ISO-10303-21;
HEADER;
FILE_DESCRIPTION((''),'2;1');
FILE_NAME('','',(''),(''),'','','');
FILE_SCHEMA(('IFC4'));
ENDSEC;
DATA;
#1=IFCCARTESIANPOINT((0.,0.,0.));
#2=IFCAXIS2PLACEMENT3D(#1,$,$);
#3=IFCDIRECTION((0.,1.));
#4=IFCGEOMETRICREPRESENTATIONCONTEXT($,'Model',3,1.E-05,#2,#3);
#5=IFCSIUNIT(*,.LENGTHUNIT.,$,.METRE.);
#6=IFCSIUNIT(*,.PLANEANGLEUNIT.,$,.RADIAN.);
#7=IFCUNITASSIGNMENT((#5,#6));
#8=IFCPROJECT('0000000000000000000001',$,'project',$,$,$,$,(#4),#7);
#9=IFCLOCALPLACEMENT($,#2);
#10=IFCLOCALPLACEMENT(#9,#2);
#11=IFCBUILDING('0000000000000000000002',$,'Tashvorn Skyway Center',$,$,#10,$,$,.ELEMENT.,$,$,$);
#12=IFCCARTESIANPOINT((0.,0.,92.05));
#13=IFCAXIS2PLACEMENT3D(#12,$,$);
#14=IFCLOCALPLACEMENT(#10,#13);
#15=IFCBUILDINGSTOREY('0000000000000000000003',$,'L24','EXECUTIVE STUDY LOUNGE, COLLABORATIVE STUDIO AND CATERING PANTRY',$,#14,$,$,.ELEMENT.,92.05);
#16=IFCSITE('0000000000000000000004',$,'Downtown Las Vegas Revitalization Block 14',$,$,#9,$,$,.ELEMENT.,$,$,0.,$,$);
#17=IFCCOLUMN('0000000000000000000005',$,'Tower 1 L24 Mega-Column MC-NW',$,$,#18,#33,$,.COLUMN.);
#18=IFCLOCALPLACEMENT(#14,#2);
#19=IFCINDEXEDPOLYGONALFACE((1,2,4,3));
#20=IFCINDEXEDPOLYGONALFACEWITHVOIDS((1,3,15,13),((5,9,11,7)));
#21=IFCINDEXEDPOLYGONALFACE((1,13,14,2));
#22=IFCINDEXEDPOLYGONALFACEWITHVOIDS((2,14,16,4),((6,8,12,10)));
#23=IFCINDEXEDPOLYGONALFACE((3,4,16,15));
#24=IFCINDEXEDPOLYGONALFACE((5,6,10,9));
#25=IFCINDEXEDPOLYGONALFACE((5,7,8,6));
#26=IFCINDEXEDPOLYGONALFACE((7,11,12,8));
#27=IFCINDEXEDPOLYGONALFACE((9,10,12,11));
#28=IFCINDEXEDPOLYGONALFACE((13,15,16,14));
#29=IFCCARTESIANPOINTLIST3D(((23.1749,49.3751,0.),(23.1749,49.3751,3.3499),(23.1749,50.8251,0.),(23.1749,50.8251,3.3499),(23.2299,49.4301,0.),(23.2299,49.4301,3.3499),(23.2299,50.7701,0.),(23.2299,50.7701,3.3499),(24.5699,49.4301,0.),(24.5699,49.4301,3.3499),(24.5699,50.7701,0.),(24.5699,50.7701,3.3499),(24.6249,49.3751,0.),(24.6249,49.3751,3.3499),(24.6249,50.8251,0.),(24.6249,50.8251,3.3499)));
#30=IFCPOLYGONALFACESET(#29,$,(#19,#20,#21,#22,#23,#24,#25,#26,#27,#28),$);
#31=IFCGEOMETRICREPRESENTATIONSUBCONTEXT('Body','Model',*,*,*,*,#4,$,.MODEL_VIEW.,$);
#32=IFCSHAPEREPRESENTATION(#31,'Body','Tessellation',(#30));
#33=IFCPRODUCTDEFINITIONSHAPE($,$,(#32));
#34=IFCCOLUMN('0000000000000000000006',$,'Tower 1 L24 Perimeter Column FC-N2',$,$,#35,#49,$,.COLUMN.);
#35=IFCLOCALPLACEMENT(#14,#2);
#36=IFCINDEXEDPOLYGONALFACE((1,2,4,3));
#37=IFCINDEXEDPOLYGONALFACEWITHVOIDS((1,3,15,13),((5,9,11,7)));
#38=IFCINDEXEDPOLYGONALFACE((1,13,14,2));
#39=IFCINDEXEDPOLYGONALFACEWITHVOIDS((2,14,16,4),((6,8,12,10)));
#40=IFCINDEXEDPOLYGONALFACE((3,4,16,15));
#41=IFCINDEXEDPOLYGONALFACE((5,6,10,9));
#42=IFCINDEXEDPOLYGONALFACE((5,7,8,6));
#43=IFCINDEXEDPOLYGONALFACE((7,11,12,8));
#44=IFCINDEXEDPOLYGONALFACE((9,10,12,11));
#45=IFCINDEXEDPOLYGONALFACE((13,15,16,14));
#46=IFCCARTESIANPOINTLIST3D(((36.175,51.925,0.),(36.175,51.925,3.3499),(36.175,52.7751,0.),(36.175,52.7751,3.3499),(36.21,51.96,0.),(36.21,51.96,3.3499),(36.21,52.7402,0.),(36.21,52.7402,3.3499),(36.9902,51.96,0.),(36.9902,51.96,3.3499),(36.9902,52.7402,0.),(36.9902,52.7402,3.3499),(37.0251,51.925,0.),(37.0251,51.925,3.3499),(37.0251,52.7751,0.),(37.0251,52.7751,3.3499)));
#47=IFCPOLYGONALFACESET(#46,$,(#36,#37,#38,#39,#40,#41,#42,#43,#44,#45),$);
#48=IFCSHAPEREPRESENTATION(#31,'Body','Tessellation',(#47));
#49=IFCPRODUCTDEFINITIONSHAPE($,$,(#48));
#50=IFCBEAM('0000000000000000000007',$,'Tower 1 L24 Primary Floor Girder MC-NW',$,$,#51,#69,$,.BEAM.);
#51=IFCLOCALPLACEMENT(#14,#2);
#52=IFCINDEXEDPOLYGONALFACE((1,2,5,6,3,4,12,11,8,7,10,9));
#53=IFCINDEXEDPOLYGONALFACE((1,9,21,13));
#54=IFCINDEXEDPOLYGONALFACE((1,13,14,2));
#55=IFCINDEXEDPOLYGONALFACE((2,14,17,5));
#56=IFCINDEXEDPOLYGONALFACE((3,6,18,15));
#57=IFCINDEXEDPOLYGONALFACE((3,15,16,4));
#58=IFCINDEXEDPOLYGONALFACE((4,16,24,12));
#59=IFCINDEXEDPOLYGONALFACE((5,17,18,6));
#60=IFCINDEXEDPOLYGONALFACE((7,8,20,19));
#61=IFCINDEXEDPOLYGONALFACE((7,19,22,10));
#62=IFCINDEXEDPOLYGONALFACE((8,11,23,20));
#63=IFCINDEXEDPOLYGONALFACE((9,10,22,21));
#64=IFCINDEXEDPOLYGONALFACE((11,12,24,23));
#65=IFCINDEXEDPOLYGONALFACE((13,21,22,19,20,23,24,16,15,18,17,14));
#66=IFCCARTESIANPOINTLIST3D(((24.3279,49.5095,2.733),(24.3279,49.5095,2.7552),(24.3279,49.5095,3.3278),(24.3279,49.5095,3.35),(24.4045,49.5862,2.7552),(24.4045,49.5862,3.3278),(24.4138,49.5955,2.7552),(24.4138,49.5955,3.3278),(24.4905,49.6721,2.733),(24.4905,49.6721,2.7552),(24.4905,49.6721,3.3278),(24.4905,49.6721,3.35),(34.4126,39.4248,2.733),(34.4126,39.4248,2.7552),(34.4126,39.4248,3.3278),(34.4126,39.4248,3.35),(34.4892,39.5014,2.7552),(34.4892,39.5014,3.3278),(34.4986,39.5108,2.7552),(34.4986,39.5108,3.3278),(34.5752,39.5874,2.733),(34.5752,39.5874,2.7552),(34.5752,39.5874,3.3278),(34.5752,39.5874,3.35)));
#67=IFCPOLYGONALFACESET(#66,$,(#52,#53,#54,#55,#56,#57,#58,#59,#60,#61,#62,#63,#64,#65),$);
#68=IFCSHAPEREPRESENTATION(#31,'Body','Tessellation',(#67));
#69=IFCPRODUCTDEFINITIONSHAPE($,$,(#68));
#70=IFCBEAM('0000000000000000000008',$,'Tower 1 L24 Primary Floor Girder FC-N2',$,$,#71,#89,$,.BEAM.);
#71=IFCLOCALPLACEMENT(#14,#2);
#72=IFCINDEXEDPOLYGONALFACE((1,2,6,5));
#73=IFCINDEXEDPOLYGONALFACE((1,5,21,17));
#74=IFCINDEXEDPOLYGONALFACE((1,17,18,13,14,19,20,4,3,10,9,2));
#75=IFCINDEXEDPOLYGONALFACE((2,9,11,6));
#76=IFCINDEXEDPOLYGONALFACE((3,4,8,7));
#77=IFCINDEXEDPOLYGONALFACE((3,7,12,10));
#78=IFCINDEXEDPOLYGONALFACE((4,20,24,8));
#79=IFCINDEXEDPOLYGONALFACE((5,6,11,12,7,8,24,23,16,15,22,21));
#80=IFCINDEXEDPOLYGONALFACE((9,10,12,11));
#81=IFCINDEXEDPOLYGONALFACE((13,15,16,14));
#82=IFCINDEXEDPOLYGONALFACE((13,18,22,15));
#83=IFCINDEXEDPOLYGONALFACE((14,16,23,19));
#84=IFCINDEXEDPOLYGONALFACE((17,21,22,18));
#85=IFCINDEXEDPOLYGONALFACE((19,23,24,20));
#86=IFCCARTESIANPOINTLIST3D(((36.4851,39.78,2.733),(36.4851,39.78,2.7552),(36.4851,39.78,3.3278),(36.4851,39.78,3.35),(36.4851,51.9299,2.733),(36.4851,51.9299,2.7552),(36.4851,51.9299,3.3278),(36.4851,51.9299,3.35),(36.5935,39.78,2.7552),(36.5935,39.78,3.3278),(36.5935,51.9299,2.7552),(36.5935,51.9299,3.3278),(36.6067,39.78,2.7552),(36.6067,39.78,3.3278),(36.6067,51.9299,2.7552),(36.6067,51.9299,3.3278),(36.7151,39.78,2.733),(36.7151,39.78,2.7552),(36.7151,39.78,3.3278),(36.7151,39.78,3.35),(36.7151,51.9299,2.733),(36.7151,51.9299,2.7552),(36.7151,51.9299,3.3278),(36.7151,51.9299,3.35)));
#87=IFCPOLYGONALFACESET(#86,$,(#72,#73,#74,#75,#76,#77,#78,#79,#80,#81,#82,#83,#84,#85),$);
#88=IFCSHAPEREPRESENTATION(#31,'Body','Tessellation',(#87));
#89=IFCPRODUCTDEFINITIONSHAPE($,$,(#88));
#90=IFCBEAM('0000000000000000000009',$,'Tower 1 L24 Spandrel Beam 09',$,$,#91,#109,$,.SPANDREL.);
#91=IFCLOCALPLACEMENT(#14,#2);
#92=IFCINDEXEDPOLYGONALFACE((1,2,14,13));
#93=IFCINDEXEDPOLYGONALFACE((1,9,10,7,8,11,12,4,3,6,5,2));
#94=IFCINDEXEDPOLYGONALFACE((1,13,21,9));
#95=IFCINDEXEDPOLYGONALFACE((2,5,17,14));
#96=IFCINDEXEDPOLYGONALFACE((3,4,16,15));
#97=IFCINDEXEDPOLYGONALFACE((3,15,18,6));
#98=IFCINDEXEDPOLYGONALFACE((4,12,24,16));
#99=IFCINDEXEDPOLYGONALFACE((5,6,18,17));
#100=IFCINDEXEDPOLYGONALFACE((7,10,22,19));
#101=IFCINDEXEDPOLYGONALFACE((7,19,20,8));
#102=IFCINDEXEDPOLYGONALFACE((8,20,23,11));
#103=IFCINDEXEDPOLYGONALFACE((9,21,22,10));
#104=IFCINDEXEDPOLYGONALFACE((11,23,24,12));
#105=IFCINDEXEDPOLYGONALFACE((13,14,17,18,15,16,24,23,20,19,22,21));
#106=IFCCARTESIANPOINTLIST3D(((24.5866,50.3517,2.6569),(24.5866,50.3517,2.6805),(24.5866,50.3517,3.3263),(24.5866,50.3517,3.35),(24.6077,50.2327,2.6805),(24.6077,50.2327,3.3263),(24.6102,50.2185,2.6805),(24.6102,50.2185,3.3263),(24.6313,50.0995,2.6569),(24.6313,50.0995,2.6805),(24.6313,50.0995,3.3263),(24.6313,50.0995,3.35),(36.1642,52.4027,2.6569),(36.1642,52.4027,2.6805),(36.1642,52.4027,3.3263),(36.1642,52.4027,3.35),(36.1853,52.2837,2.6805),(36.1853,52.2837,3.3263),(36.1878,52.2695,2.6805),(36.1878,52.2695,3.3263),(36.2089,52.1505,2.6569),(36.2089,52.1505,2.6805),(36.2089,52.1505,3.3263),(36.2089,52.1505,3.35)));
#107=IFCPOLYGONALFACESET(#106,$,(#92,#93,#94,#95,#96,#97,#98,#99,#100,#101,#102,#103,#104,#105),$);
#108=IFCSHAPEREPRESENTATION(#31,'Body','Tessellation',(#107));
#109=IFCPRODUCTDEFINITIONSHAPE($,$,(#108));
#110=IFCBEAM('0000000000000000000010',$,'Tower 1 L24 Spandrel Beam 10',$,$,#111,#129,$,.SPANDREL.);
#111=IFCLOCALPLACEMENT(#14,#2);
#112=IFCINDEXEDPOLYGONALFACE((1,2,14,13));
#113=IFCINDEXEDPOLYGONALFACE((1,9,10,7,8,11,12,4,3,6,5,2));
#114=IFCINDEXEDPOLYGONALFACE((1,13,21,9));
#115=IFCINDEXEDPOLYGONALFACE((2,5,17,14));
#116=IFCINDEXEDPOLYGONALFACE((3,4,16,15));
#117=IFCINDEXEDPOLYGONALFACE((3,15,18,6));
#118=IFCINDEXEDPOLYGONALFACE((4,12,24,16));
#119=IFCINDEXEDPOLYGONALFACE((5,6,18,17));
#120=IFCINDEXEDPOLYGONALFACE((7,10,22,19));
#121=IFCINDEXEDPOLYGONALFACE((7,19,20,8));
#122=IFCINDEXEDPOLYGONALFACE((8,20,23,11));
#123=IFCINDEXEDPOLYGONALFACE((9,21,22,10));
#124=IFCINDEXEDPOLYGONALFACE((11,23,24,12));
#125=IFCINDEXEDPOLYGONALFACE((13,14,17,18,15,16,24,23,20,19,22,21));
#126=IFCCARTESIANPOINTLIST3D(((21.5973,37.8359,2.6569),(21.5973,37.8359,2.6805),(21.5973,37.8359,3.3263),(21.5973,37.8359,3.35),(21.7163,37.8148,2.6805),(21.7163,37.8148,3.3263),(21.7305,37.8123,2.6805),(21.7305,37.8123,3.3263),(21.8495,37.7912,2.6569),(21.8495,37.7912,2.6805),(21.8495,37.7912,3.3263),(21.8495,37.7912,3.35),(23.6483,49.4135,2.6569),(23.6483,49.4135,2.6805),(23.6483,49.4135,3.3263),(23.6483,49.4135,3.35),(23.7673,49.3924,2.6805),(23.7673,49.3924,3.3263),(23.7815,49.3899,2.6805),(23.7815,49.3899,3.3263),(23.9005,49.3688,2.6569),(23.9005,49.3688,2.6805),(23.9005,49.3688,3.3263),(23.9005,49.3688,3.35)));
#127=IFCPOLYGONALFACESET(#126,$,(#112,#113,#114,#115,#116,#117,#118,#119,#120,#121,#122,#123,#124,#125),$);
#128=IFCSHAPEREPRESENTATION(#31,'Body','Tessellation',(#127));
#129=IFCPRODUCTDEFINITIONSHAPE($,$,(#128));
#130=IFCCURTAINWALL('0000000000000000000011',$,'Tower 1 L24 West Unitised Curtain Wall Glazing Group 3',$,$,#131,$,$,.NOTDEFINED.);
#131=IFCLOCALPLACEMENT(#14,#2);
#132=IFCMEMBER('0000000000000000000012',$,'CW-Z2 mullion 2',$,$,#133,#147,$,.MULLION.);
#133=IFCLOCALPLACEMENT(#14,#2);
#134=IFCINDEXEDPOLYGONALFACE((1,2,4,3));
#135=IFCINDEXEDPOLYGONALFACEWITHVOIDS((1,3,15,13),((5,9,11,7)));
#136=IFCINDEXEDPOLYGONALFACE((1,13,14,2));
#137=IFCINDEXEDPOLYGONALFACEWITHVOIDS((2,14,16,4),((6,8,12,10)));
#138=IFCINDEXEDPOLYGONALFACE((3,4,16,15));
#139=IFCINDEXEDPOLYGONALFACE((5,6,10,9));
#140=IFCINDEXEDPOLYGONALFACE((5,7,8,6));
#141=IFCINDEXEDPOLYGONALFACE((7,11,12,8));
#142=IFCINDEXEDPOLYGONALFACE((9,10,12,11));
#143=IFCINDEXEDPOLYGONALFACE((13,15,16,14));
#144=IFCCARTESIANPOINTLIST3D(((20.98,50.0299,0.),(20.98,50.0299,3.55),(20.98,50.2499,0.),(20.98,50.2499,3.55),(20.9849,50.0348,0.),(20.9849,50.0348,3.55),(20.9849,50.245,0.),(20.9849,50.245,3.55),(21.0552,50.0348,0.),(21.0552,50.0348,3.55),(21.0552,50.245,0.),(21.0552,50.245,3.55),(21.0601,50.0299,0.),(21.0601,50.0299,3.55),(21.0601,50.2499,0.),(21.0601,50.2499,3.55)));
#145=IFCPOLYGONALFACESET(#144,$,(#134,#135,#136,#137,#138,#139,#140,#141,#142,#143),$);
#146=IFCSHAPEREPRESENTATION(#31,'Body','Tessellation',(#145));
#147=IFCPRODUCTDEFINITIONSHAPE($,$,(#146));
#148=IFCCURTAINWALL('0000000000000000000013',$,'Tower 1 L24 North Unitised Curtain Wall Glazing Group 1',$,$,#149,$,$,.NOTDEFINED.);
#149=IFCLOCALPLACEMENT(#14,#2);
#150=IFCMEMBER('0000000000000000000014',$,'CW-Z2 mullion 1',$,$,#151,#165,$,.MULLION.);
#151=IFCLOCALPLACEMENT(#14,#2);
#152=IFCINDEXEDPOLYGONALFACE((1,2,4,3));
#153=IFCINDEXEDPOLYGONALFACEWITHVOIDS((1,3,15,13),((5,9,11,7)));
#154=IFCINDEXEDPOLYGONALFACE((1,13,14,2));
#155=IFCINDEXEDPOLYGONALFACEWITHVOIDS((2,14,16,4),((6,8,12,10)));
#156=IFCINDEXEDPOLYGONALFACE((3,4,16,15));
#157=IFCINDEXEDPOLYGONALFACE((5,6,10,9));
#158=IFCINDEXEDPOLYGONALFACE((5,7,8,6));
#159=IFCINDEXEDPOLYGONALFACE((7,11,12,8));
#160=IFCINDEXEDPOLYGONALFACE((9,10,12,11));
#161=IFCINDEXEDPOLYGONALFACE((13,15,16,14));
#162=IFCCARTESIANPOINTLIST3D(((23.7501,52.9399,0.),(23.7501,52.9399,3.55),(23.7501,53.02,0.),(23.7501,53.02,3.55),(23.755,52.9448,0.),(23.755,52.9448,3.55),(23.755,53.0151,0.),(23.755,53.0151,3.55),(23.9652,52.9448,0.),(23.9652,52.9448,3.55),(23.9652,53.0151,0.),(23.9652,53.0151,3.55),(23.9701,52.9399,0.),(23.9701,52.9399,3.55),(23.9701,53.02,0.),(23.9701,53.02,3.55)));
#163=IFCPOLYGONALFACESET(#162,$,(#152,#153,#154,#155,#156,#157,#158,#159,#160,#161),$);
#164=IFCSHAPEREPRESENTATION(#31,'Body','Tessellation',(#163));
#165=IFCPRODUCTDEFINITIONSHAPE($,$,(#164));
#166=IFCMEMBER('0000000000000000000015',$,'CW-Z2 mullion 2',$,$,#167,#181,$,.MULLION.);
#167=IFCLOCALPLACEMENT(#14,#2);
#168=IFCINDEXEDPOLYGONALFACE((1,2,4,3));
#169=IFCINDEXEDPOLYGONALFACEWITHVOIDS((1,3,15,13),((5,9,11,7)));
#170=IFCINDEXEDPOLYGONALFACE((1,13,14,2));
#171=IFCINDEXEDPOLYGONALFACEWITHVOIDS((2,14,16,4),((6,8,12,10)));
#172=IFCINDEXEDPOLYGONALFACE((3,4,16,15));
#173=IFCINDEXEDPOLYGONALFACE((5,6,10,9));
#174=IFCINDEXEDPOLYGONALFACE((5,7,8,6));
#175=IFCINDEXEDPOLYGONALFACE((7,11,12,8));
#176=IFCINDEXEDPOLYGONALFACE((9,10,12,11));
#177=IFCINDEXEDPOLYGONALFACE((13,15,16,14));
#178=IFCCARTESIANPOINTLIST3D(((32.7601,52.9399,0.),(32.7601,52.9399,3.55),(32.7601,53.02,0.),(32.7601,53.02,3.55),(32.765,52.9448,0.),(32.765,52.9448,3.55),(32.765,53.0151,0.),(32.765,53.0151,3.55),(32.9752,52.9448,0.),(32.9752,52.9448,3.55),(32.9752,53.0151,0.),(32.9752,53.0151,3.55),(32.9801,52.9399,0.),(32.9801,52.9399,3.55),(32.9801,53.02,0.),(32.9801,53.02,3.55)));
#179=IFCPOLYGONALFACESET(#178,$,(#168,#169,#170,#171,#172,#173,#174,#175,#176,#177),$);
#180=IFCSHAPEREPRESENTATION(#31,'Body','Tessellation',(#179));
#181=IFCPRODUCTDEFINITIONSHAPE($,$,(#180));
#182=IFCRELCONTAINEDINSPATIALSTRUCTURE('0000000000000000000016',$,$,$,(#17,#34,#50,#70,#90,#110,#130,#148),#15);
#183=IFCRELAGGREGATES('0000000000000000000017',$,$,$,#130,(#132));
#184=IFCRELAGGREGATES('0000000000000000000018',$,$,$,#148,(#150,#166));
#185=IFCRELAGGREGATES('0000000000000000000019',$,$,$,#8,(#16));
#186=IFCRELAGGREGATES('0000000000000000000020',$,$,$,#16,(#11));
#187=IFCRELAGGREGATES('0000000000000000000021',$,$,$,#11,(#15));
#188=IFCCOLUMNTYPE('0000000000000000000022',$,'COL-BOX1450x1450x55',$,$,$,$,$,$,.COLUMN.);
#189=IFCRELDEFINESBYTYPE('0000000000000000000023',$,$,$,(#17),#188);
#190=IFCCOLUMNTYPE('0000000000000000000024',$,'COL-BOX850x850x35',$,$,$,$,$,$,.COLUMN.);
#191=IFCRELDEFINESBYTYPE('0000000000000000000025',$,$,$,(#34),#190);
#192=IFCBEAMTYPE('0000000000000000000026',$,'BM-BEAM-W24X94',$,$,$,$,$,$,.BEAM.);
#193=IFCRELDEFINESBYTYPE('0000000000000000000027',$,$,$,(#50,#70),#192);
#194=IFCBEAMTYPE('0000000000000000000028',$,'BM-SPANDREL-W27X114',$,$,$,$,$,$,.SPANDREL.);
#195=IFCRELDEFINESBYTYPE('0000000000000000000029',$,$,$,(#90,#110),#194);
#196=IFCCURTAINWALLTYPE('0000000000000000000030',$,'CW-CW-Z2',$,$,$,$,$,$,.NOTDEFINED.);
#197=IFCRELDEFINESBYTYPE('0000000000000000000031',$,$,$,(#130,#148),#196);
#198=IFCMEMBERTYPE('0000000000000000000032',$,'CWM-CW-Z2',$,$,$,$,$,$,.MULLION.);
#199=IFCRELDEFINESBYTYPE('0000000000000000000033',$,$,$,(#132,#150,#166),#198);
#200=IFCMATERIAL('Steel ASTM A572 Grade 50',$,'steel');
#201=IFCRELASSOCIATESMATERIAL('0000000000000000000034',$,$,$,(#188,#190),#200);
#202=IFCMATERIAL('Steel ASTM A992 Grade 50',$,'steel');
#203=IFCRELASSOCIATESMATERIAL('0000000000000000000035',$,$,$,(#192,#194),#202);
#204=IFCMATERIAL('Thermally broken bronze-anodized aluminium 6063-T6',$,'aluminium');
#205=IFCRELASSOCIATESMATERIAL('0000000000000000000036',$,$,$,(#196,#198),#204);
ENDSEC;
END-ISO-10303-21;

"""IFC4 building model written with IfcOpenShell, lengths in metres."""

from ifc_helpers import new_model, si_unit, direction, frame, origin, origin_2d, place, context, subcontext, project, spatial, hollow_rectangle, i_section, extrude, material, material_profile, profile_set, type_object, element, aggregate, save


model = new_model("IFC4")

# Units and contexts
model_context = context("Model", 3, precision=1e-05, world=origin(), true_north=direction((0.0, 1.0)))
body_context = subcontext(model_context, "Body", "Model", "MODEL_VIEW")
ifc_project = project(units=[si_unit("LENGTHUNIT", "METRE"), si_unit("PLANEANGLEUNIT", "RADIAN")], contexts=[model_context])

# Site, building, storey
site_placement = place(None, origin())
site = spatial("IfcSite", under=ifc_project, at=site_placement, Name="Downtown Las Vegas Revitalization Block 14", CompositionType="ELEMENT", RefElevation=0.0)
building_placement = place(site_placement, origin())
building = spatial("IfcBuilding", under=site, at=building_placement, Name="Tashvorn Skyway Center", CompositionType="ELEMENT")
storey_placement = place(building_placement, frame((0.0, 0.0, 92.05)))
storey = spatial("IfcBuildingStorey", under=building, at=storey_placement, Name="L24", Description="EXECUTIVE STUDY LOUNGE, COLLABORATIVE STUDIO AND CATERING PANTRY", CompositionType="ELEMENT", Elevation=92.05)

# Columns
ifc_material_1 = material(Name="Steel ASTM A572 Grade 50", Category="steel")
ifc_material_profile_1 = material_profile(ifc_material_1, hollow_rectangle(XDim=1.45, YDim=1.45, WallThickness=0.0549, at=origin_2d()), Name="BOX1450x1450x55")
ifc_profile_set_1 = profile_set([ifc_material_profile_1], Name="Steel ASTM A572 Grade 50")
column_type_1 = type_object("IfcColumnType", Name="COL-BOX1450x1450x55", PredefinedType="COLUMN", material=ifc_profile_set_1)
column_1_placement = place(storey_placement, frame((23.8999, 50.1001, 0.0), z_axis=(0.0, 0.0, 1.0), x_axis=(1.0, 0.0, 0.0)))
element("IfcColumn", 1, at=column_1_placement, inside=storey, type_object=column_type_1, Name="Tower 1 L24 Mega-Column MC-NW", PredefinedType="COLUMN", context=body_context, shape_type="SweptSolid", body=[
    extrude(hollow_rectangle(XDim=1.45, YDim=1.45, WallThickness=0.0549, at=origin_2d()), origin(), (0.0, 0.0, 1.0), 3.3499),
])
ifc_material_profile_2 = material_profile(ifc_material_1, hollow_rectangle(XDim=0.8501, YDim=0.8501, WallThickness=0.0349, at=origin_2d()), Name="BOX850x850x35")
ifc_profile_set_2 = profile_set([ifc_material_profile_2], Name="Steel ASTM A572 Grade 50")
column_type_2 = type_object("IfcColumnType", Name="COL-BOX850x850x35", PredefinedType="COLUMN", material=ifc_profile_set_2)
column_2_placement = place(storey_placement, frame((36.6001, 52.3501, 0.0), z_axis=(0.0, 0.0, 1.0), x_axis=(1.0, 0.0, 0.0)))
element("IfcColumn", 2, at=column_2_placement, inside=storey, type_object=column_type_2, Name="Tower 1 L24 Perimeter Column FC-N2", PredefinedType="COLUMN", context=body_context, shape_type="SweptSolid", body=[
    extrude(hollow_rectangle(XDim=0.8501, YDim=0.8501, WallThickness=0.0349, at=origin_2d()), origin(), (0.0, 0.0, 1.0), 3.3499),
])

# Beams
ifc_material_2 = material(Name="Steel ASTM A992 Grade 50", Category="steel")
ifc_material_profile_3 = material_profile(ifc_material_2, i_section(OverallWidth=0.23, OverallDepth=0.6169, WebThickness=0.0132, FlangeThickness=0.0222, at=origin_2d()), Name="W24X94")
ifc_profile_set_3 = profile_set([ifc_material_profile_3], Name="Steel ASTM A992 Grade 50")
beam_type_1 = type_object("IfcBeamType", Name="BM-BEAM-W24X94", PredefinedType="BEAM", material=ifc_profile_set_3)
beam_1_placement = place(storey_placement, frame((24.4092, 49.5908, 3.0415), z_axis=(0.707107, -0.707107, 0.0), x_axis=(0.707107, 0.707107, 0.0)))
element("IfcBeam", 3, at=beam_1_placement, inside=storey, type_object=beam_type_1, Name="Tower 1 L24 Primary Floor Girder MC-NW", PredefinedType="BEAM", context=body_context, shape_type="SweptSolid", body=[
    extrude(i_section(OverallWidth=0.23, OverallDepth=0.6169, WebThickness=0.0132, FlangeThickness=0.0222, at=origin_2d()), origin(), (0.0, 0.0, 1.0), 14.262),
])
beam_2_placement = place(storey_placement, frame((36.6001, 51.9299, 3.0415), z_axis=(0.0, -1.0, 0.0), x_axis=(1.0, 0.0, 0.0)))
element("IfcBeam", 4, at=beam_2_placement, inside=storey, type_object=beam_type_1, Name="Tower 1 L24 Primary Floor Girder FC-N2", PredefinedType="BEAM", context=body_context, shape_type="SweptSolid", body=[
    extrude(i_section(OverallWidth=0.23, OverallDepth=0.6169, WebThickness=0.0132, FlangeThickness=0.0222, at=origin_2d()), origin(), (0.0, 0.0, 1.0), 12.1499),
])
ifc_material_profile_4 = material_profile(ifc_material_2, i_section(OverallWidth=0.2561, OverallDepth=0.6931, WebThickness=0.0144, FlangeThickness=0.0237, at=origin_2d()), Name="W27X114")
ifc_profile_set_4 = profile_set([ifc_material_profile_4], Name="Steel ASTM A992 Grade 50")
beam_type_2 = type_object("IfcBeamType", Name="BM-SPANDREL-W27X114", PredefinedType="SPANDREL", material=ifc_profile_set_4)
for number, where, z_axis, x_axis, name in (
    (5, (36.1865, 52.2766, 3.0034), (-0.984668, -0.174438, 0.0), (0.174438, -0.984668, 0.0), "Tower 1 L24 Spandrel Beam 09"),
    (6, (23.7744, 49.3911, 3.0034), (-0.174438, -0.984668, 0.0), (0.984668, -0.174438, 0.0), "Tower 1 L24 Spandrel Beam 10"),
):
    element("IfcBeam", number, at=place(storey_placement, frame(where, z_axis=z_axis, x_axis=x_axis)), inside=storey, type_object=beam_type_2, Name=name, PredefinedType="SPANDREL", context=body_context, shape_type="SweptSolid", body=[
        extrude(i_section(OverallWidth=0.2561, OverallDepth=0.6931, WebThickness=0.0144, FlangeThickness=0.0237, at=origin_2d()), origin(), (0.0, 0.0, 1.0), 11.7578),
    ])

# Curtain wall, member
ifc_material_3 = material(Name="Thermally broken bronze-anodized aluminium 6063-T6", Category="aluminium")
curtain_wall_type = type_object("IfcCurtainWallType", Name="CW-CW-Z2", PredefinedType="NOTDEFINED", material=ifc_material_3)
curtain_wall_1_placement = place(storey_placement, origin())
curtain_wall_1 = element("IfcCurtainWall", 7, at=curtain_wall_1_placement, inside=storey, type_object=curtain_wall_type, Name="Tower 1 L24 West Unitised Curtain Wall Glazing Group 3", PredefinedType="NOTDEFINED")
ifc_material_profile_5 = material_profile(ifc_material_3, hollow_rectangle(XDim=0.0801, YDim=0.22, WallThickness=0.0049, at=origin_2d()), Name="ALU-MULL-80x220")
ifc_profile_set_5 = profile_set([ifc_material_profile_5], Name="Thermally broken bronze-anodized aluminium 6063-T6")
member_type_1 = type_object("IfcMemberType", Name="CWM-CW-Z2", PredefinedType="MULLION", material=ifc_profile_set_5)
member_1_placement = place(storey_placement, frame((21.02, 50.1399, 0.0), z_axis=(0.0, 0.0, 1.0), x_axis=(-1.0, 0.0, 0.0)))
member_1 = element("IfcMember", 8, at=member_1_placement, type_object=member_type_1, Name="CW-Z2 mullion 2", PredefinedType="MULLION", context=body_context, shape_type="SweptSolid", body=[
    extrude(hollow_rectangle(XDim=0.0801, YDim=0.22, WallThickness=0.0049, at=origin_2d()), origin(), (0.0, 0.0, 1.0), 3.55),
])

# Curtain wall, members
curtain_wall_2_placement = place(storey_placement, origin())
curtain_wall_2 = element("IfcCurtainWall", 9, at=curtain_wall_2_placement, inside=storey, type_object=curtain_wall_type, Name="Tower 1 L24 North Unitised Curtain Wall Glazing Group 1", PredefinedType="NOTDEFINED")
member_2_placement = place(storey_placement, frame((23.8601, 52.98, 0.0), z_axis=(0.0, 0.0, 1.0), x_axis=(0.0, 1.0, 0.0)))
member_2 = element("IfcMember", 10, at=member_2_placement, type_object=member_type_1, Name="CW-Z2 mullion 1", PredefinedType="MULLION", context=body_context, shape_type="SweptSolid", body=[
    extrude(hollow_rectangle(XDim=0.0801, YDim=0.22, WallThickness=0.0049, at=origin_2d()), origin(), (0.0, 0.0, 1.0), 3.55),
])
member_3_placement = place(storey_placement, frame((32.8701, 52.98, 0.0), z_axis=(0.0, 0.0, 1.0), x_axis=(0.0, 1.0, 0.0)))
member_3 = element("IfcMember", 11, at=member_3_placement, type_object=member_type_1, Name="CW-Z2 mullion 2", PredefinedType="MULLION", context=body_context, shape_type="SweptSolid", body=[
    extrude(hollow_rectangle(XDim=0.0801, YDim=0.22, WallThickness=0.0049, at=origin_2d()), origin(), (0.0, 0.0, 1.0), 3.55),
])

aggregate(curtain_wall_1, [member_1])
aggregate(curtain_wall_2, [member_2, member_3])

save(model, "model.ifc")
